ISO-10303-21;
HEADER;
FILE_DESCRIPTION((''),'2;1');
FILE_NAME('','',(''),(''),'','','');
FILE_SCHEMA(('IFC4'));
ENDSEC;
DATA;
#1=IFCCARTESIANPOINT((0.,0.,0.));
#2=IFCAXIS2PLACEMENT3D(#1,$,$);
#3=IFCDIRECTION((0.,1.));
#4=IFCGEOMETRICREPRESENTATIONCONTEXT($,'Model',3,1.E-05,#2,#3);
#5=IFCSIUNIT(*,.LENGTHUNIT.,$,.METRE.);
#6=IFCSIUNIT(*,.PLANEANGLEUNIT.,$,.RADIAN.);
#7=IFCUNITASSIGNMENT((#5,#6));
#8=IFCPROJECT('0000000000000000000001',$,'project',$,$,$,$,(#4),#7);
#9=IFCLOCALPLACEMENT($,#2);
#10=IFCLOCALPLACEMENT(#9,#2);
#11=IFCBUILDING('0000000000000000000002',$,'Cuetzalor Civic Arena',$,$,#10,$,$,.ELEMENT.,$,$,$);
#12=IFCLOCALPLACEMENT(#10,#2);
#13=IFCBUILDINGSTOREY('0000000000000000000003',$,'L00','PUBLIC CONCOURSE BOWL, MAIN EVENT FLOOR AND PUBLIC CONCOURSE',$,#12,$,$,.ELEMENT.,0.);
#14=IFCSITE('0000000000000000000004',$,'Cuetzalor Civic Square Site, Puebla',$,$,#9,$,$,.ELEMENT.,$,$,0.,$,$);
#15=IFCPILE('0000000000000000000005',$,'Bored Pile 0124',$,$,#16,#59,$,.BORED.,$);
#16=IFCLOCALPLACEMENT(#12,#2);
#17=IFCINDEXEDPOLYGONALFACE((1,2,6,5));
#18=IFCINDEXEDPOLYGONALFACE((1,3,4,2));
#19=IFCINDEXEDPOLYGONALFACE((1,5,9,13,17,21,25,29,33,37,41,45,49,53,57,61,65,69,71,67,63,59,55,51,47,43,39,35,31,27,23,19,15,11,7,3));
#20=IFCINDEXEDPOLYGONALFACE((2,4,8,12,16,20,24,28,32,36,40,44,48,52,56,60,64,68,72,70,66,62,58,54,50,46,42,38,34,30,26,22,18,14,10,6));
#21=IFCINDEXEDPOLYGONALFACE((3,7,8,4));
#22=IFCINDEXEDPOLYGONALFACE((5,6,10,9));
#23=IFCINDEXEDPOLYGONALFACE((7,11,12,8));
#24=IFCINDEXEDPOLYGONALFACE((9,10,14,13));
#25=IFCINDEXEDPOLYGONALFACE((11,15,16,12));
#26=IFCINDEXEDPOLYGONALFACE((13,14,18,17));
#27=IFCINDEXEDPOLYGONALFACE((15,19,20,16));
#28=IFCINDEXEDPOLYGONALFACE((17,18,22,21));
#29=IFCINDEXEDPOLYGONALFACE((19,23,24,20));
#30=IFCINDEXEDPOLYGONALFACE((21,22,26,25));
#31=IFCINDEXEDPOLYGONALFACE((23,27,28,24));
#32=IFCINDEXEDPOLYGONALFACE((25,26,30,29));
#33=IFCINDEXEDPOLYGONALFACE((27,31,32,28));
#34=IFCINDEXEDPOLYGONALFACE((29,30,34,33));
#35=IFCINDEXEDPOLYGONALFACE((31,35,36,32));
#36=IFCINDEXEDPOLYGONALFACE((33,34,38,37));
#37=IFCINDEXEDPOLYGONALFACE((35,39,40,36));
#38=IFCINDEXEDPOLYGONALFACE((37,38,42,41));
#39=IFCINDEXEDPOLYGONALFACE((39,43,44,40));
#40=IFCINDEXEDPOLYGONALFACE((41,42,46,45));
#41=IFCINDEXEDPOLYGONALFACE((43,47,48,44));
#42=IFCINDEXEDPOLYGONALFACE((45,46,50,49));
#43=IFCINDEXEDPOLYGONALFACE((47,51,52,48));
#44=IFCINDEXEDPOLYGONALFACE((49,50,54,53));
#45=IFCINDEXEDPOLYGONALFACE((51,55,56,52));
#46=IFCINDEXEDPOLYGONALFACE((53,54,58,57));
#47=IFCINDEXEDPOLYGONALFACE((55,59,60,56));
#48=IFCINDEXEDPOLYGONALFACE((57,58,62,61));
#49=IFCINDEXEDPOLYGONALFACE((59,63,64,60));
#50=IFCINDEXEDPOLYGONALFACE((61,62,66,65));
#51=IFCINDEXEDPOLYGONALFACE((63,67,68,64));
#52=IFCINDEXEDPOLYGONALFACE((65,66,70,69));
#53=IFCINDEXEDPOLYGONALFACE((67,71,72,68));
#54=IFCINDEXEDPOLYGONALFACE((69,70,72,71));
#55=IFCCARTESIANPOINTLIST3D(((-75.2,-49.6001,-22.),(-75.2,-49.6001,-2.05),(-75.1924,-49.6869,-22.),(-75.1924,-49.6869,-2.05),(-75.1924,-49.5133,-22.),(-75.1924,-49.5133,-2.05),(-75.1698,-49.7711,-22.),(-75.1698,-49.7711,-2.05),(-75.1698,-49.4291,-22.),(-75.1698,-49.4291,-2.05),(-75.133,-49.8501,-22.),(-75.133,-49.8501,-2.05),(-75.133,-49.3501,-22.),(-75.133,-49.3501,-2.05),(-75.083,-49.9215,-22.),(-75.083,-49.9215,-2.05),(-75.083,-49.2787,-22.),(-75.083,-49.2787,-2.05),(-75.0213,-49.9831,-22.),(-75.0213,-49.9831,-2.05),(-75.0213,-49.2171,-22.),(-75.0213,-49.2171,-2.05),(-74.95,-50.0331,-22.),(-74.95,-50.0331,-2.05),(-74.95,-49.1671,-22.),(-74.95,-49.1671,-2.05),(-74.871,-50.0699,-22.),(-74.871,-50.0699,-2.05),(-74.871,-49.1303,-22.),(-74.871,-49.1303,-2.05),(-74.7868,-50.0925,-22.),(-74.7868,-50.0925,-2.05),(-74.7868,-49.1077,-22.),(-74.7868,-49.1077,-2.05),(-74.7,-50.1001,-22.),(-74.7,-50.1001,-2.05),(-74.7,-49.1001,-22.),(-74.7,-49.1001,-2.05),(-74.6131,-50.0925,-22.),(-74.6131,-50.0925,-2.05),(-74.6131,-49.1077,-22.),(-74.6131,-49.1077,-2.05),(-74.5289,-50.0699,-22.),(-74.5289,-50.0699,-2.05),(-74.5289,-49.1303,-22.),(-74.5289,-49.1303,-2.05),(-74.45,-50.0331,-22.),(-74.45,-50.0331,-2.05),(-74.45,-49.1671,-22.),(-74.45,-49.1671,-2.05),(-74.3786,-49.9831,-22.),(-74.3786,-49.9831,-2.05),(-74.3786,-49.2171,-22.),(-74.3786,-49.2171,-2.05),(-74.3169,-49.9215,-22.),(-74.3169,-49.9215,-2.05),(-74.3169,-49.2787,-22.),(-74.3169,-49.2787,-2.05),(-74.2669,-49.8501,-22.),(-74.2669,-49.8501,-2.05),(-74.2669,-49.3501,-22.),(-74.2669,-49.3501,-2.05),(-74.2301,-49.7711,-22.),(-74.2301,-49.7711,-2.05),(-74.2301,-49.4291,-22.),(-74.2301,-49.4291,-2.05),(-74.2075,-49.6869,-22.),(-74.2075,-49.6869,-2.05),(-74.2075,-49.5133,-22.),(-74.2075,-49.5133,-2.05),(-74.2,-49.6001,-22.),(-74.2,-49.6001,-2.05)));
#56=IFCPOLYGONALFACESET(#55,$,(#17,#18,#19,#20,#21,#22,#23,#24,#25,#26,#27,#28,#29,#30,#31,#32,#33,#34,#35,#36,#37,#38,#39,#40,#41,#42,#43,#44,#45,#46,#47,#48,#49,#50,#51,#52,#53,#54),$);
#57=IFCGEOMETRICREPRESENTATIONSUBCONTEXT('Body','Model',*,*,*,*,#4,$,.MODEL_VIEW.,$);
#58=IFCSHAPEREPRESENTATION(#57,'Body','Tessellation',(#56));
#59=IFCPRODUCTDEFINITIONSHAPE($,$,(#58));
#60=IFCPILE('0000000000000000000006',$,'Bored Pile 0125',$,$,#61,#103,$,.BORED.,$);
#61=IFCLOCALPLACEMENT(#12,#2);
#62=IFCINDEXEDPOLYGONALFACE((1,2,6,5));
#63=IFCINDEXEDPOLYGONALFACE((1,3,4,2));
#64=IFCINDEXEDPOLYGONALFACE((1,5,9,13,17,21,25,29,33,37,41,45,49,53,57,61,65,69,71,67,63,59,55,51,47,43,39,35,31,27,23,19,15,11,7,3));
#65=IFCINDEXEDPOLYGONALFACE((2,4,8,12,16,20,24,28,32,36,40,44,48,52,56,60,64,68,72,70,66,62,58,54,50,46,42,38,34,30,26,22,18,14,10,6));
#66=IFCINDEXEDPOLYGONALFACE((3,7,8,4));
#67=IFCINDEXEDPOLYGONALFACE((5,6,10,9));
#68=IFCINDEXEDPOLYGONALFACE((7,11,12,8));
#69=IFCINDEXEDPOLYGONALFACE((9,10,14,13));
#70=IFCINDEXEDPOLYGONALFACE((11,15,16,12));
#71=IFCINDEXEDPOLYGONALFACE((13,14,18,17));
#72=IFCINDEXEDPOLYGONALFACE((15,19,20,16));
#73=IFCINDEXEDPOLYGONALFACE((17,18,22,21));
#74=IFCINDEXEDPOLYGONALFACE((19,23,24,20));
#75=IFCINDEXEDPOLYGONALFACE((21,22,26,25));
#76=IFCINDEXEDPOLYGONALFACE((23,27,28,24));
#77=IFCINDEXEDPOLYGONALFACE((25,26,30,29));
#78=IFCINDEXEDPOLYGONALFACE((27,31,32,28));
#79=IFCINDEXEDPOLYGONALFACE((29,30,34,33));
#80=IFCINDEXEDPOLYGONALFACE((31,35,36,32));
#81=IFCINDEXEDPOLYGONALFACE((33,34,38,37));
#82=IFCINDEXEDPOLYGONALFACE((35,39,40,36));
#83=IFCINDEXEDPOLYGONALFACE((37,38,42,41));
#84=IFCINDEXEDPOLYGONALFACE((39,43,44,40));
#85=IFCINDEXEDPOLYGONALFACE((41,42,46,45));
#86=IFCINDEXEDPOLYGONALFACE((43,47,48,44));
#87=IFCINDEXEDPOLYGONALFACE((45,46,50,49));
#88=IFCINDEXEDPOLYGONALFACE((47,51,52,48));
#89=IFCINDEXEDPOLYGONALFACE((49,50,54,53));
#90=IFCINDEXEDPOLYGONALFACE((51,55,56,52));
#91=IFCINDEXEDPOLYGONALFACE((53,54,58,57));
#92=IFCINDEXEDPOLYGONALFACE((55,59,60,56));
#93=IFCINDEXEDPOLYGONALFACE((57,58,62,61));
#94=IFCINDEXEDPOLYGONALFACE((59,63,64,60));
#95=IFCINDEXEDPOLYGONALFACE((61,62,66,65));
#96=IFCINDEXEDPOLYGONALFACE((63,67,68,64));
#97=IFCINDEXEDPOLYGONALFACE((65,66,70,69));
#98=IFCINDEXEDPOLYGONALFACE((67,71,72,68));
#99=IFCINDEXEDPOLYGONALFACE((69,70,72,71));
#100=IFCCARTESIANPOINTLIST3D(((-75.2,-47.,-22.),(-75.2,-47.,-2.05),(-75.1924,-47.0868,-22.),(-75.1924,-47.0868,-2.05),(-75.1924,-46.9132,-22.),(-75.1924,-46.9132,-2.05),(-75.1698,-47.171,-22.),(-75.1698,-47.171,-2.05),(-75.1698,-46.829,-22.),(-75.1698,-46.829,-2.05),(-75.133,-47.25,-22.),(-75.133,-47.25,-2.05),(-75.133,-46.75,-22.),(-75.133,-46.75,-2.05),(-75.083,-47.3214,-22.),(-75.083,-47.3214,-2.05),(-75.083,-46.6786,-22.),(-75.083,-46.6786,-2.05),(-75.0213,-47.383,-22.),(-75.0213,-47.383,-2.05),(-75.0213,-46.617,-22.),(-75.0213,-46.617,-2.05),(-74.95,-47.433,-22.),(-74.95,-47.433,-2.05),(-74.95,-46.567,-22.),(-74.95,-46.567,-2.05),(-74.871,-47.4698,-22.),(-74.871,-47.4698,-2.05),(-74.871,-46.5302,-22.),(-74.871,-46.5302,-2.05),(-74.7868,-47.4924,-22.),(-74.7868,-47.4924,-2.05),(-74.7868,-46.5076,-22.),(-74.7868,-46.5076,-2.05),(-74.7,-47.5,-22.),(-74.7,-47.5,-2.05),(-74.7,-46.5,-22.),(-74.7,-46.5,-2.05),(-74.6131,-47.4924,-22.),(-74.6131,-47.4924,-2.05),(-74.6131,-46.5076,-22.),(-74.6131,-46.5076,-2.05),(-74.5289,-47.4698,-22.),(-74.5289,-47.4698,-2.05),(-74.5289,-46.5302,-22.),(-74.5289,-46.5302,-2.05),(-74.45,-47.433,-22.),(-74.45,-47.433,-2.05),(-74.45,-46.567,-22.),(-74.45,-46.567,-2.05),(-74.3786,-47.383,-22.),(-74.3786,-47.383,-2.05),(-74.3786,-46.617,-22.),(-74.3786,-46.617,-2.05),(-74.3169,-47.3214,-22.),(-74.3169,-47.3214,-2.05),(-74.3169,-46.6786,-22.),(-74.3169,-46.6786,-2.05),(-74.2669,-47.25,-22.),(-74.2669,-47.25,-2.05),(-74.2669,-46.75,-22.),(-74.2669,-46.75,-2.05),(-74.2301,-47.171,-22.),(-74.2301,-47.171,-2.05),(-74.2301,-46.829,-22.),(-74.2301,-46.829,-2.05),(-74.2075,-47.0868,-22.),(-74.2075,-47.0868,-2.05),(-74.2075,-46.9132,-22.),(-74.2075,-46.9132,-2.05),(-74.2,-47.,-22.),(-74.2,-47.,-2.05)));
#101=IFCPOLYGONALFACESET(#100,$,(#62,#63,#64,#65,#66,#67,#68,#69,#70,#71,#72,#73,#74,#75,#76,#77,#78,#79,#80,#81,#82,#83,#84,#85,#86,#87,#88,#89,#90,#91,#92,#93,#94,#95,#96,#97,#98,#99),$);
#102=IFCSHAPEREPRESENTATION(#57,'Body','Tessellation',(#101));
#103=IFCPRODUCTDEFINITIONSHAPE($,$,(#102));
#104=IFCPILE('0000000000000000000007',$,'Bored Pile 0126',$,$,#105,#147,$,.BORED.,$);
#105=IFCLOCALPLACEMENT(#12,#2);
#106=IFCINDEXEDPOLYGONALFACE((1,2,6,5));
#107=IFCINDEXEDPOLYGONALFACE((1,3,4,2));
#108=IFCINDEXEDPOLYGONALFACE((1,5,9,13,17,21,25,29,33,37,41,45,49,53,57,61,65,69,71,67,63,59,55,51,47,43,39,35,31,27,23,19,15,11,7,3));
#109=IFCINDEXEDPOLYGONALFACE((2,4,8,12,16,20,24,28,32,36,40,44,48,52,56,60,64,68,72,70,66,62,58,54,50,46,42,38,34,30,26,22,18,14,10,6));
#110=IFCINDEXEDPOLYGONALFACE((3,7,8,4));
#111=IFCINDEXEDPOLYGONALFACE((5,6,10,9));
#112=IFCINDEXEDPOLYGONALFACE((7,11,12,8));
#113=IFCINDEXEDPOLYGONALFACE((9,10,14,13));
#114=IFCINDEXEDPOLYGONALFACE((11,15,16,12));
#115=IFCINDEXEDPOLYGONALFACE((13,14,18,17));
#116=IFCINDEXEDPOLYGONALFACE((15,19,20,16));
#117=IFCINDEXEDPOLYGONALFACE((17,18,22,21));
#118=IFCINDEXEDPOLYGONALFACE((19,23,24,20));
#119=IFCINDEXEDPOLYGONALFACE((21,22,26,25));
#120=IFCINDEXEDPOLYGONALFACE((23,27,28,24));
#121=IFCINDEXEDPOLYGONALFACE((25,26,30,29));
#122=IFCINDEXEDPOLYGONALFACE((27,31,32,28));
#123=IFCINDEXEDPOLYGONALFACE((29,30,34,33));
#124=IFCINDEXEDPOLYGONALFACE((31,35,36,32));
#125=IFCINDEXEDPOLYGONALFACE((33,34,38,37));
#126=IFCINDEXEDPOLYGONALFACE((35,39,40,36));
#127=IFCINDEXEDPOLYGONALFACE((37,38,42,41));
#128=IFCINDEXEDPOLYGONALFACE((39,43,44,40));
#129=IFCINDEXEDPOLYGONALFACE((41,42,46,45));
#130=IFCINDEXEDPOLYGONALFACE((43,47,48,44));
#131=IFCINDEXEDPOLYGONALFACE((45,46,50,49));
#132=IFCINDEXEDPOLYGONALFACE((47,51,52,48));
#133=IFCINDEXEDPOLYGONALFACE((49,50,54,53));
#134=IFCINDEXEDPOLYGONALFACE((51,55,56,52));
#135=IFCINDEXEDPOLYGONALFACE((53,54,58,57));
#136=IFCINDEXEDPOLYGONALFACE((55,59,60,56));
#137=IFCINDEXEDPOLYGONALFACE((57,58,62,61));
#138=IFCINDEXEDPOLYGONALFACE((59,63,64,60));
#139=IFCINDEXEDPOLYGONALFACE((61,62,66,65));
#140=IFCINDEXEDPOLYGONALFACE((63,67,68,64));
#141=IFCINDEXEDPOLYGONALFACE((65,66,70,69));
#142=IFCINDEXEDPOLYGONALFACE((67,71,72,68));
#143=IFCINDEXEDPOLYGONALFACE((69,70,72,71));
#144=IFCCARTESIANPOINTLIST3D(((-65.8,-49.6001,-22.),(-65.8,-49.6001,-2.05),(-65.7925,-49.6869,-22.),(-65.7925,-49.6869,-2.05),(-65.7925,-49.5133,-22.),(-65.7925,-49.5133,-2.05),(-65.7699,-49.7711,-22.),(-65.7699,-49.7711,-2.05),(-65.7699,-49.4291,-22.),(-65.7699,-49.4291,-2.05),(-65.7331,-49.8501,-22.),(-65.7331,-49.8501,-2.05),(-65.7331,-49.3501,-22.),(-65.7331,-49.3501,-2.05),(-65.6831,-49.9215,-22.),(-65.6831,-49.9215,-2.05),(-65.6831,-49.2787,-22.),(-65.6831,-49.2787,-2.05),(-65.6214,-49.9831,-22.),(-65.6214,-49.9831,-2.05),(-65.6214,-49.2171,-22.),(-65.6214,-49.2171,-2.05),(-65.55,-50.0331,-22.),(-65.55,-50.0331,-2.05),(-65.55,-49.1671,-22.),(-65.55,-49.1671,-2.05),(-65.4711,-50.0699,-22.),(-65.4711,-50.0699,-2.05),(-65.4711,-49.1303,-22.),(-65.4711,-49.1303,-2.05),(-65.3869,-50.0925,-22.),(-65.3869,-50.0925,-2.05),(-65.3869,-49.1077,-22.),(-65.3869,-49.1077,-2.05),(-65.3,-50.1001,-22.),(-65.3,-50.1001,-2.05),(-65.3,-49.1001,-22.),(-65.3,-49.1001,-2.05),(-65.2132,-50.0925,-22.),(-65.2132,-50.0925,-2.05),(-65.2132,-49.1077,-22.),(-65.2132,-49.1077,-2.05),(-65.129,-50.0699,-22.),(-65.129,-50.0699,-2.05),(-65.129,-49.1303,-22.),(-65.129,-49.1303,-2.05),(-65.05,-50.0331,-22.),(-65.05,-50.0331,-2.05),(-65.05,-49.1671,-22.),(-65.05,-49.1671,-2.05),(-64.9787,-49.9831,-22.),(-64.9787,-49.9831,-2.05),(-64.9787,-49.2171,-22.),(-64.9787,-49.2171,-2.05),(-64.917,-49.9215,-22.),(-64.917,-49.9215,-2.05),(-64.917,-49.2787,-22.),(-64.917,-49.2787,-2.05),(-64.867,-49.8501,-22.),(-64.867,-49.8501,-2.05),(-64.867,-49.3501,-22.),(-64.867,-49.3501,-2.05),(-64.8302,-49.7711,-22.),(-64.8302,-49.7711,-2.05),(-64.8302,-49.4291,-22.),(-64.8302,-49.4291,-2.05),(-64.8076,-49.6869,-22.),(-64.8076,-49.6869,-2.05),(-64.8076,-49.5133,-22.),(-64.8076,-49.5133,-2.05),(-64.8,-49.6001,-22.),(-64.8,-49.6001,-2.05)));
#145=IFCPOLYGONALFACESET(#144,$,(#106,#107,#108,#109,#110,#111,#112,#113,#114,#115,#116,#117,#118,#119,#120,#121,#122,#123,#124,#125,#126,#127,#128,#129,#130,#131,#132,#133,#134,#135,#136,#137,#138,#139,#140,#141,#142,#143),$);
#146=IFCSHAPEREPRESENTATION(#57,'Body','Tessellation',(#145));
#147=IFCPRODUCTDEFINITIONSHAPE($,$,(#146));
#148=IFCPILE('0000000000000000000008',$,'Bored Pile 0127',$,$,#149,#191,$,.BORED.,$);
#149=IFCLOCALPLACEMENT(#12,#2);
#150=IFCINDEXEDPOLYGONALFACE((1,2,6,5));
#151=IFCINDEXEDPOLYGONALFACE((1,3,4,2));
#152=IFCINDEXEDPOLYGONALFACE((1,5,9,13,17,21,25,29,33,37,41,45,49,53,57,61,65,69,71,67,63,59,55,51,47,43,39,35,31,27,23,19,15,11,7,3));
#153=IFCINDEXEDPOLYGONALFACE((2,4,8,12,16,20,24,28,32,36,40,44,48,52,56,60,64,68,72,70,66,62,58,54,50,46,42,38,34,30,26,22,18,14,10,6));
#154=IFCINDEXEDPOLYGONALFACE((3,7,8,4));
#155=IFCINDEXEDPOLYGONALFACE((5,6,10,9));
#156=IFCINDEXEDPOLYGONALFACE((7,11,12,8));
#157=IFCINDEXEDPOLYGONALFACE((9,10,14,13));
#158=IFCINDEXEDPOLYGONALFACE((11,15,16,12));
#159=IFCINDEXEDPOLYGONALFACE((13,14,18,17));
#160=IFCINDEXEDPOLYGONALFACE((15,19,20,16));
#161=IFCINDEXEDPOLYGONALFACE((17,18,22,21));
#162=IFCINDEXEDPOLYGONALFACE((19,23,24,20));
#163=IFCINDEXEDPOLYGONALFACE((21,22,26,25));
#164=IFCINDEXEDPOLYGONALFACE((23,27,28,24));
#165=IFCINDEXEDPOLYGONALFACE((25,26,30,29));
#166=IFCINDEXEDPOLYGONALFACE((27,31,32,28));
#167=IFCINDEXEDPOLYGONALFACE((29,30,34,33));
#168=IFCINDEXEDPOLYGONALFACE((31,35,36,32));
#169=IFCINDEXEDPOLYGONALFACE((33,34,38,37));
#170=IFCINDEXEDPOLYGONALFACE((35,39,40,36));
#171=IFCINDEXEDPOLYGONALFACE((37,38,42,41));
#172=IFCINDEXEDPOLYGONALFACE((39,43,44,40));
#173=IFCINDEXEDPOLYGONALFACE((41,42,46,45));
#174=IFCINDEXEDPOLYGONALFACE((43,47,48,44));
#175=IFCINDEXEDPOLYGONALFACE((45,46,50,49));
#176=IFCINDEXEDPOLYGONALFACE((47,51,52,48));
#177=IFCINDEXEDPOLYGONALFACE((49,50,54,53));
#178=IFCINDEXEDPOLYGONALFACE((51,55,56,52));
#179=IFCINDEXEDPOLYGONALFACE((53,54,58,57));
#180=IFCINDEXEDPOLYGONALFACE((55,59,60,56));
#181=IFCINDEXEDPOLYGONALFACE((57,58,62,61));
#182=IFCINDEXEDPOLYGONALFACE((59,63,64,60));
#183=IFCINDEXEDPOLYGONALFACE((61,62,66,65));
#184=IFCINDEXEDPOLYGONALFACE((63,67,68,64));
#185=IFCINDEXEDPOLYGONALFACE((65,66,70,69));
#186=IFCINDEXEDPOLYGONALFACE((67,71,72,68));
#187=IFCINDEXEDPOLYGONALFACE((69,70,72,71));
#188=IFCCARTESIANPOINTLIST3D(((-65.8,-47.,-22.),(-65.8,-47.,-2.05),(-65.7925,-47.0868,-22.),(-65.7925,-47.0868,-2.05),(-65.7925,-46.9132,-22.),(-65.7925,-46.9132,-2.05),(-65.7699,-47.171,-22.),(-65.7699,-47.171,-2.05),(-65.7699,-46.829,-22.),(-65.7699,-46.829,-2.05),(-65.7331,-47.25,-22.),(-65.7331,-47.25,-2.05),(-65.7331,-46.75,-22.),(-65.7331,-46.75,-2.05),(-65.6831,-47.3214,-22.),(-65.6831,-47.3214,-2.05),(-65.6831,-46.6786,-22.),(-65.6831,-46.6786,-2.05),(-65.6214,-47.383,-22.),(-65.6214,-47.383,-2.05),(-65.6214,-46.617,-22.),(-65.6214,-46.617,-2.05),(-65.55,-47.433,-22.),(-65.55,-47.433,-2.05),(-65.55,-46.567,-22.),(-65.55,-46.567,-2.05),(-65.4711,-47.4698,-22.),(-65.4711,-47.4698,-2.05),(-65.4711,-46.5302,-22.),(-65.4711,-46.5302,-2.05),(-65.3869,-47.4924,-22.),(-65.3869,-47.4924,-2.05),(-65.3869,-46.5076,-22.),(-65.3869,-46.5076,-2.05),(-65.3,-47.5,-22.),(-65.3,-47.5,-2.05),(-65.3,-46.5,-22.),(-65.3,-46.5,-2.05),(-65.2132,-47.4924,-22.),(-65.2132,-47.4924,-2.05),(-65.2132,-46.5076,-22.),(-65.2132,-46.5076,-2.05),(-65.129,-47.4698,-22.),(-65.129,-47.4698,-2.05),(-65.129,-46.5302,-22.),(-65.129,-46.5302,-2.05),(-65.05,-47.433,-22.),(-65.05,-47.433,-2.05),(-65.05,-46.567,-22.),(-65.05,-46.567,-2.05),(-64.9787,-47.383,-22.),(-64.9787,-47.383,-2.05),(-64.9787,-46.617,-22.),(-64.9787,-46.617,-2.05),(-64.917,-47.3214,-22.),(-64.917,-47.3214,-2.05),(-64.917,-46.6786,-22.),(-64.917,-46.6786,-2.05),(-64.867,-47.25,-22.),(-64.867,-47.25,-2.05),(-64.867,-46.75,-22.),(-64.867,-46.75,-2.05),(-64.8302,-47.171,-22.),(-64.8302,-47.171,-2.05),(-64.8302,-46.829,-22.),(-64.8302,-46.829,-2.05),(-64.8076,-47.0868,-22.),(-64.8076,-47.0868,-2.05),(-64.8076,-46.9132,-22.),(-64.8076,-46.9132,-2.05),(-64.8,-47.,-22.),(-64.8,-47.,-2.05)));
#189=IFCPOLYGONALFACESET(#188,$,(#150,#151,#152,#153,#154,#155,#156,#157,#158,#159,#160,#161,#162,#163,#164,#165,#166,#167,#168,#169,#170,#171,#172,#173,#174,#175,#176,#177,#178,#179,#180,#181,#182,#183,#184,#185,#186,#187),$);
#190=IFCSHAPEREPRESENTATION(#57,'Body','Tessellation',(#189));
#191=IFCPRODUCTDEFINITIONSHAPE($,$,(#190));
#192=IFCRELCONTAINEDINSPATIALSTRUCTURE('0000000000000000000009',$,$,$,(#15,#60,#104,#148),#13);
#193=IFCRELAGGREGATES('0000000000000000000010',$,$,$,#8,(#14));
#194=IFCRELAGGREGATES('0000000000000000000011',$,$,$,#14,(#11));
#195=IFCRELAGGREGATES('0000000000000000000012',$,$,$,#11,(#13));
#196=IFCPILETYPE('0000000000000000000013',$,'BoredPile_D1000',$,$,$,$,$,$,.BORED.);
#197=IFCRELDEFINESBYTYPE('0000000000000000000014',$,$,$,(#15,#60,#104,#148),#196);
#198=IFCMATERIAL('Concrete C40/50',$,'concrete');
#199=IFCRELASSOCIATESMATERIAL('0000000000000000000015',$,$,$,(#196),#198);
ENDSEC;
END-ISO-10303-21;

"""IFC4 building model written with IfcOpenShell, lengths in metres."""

from ifc_helpers import new_model, si_unit, direction, frame, origin, origin_2d, place, context, subcontext, project, spatial, circle, extrude, material, material_profile, profile_set, type_object, element, save


model = new_model("IFC4")

# Units and contexts
model_context = context("Model", 3, precision=1e-05, world=origin(), true_north=direction((0.0, 1.0)))
body_context = subcontext(model_context, "Body", "Model", "MODEL_VIEW")
ifc_project = project(units=[si_unit("LENGTHUNIT", "METRE"), si_unit("PLANEANGLEUNIT", "RADIAN")], contexts=[model_context])

# Site, building, storey
site_placement = place(None, origin())
site = spatial("IfcSite", under=ifc_project, at=site_placement, Name="Cuetzalor Civic Square Site, Puebla", CompositionType="ELEMENT", RefElevation=0.0)
building_placement = place(site_placement, origin())
building = spatial("IfcBuilding", under=site, at=building_placement, Name="Cuetzalor Civic Arena", CompositionType="ELEMENT")
storey_placement = place(building_placement, origin())
storey = spatial("IfcBuildingStorey", under=building, at=storey_placement, Name="L00", Description="PUBLIC CONCOURSE BOWL, MAIN EVENT FLOOR AND PUBLIC CONCOURSE", CompositionType="ELEMENT", Elevation=0.0)

# Piles
ifc_material_1 = material(Name="Concrete C40/50", Category="concrete")
ifc_material_profile_1 = material_profile(ifc_material_1, circle(Radius=0.5, at=origin_2d()), Name="BORED PILE D1000")
ifc_profile_set_1 = profile_set([ifc_material_profile_1], Name="Concrete C40/50")
pile_type = type_object("IfcPileType", Name="BoredPile_D1000", PredefinedType="BORED", material=ifc_profile_set_1)
for number, where, z_axis, x_axis, name in (
    (1, (-74.7, -49.6001, -2.05), (0.0, 0.0, -1.0), (1.0, 0.0, 0.0), "Bored Pile 0124"),
    (2, (-74.7, -47.0, -2.05), (0.0, 0.0, -1.0), (1.0, 0.0, 0.0), "Bored Pile 0125"),
    (3, (-65.3, -49.6001, -2.05), (0.0, 0.0, -1.0), (1.0, 0.0, 0.0), "Bored Pile 0126"),
    (4, (-65.3, -47.0, -2.05), (0.0, 0.0, -1.0), (1.0, 0.0, 0.0), "Bored Pile 0127"),
):
    element("IfcPile", number, at=place(storey_placement, frame(where, z_axis=z_axis, x_axis=x_axis)), inside=storey, type_object=pile_type, Name=name, PredefinedType="BORED", context=body_context, shape_type="SweptSolid", body=[
        extrude(circle(Radius=0.5, at=origin_2d()), origin(), (0.0, 0.0, 1.0), 19.95),
    ])

save(model, "model.ifc")
